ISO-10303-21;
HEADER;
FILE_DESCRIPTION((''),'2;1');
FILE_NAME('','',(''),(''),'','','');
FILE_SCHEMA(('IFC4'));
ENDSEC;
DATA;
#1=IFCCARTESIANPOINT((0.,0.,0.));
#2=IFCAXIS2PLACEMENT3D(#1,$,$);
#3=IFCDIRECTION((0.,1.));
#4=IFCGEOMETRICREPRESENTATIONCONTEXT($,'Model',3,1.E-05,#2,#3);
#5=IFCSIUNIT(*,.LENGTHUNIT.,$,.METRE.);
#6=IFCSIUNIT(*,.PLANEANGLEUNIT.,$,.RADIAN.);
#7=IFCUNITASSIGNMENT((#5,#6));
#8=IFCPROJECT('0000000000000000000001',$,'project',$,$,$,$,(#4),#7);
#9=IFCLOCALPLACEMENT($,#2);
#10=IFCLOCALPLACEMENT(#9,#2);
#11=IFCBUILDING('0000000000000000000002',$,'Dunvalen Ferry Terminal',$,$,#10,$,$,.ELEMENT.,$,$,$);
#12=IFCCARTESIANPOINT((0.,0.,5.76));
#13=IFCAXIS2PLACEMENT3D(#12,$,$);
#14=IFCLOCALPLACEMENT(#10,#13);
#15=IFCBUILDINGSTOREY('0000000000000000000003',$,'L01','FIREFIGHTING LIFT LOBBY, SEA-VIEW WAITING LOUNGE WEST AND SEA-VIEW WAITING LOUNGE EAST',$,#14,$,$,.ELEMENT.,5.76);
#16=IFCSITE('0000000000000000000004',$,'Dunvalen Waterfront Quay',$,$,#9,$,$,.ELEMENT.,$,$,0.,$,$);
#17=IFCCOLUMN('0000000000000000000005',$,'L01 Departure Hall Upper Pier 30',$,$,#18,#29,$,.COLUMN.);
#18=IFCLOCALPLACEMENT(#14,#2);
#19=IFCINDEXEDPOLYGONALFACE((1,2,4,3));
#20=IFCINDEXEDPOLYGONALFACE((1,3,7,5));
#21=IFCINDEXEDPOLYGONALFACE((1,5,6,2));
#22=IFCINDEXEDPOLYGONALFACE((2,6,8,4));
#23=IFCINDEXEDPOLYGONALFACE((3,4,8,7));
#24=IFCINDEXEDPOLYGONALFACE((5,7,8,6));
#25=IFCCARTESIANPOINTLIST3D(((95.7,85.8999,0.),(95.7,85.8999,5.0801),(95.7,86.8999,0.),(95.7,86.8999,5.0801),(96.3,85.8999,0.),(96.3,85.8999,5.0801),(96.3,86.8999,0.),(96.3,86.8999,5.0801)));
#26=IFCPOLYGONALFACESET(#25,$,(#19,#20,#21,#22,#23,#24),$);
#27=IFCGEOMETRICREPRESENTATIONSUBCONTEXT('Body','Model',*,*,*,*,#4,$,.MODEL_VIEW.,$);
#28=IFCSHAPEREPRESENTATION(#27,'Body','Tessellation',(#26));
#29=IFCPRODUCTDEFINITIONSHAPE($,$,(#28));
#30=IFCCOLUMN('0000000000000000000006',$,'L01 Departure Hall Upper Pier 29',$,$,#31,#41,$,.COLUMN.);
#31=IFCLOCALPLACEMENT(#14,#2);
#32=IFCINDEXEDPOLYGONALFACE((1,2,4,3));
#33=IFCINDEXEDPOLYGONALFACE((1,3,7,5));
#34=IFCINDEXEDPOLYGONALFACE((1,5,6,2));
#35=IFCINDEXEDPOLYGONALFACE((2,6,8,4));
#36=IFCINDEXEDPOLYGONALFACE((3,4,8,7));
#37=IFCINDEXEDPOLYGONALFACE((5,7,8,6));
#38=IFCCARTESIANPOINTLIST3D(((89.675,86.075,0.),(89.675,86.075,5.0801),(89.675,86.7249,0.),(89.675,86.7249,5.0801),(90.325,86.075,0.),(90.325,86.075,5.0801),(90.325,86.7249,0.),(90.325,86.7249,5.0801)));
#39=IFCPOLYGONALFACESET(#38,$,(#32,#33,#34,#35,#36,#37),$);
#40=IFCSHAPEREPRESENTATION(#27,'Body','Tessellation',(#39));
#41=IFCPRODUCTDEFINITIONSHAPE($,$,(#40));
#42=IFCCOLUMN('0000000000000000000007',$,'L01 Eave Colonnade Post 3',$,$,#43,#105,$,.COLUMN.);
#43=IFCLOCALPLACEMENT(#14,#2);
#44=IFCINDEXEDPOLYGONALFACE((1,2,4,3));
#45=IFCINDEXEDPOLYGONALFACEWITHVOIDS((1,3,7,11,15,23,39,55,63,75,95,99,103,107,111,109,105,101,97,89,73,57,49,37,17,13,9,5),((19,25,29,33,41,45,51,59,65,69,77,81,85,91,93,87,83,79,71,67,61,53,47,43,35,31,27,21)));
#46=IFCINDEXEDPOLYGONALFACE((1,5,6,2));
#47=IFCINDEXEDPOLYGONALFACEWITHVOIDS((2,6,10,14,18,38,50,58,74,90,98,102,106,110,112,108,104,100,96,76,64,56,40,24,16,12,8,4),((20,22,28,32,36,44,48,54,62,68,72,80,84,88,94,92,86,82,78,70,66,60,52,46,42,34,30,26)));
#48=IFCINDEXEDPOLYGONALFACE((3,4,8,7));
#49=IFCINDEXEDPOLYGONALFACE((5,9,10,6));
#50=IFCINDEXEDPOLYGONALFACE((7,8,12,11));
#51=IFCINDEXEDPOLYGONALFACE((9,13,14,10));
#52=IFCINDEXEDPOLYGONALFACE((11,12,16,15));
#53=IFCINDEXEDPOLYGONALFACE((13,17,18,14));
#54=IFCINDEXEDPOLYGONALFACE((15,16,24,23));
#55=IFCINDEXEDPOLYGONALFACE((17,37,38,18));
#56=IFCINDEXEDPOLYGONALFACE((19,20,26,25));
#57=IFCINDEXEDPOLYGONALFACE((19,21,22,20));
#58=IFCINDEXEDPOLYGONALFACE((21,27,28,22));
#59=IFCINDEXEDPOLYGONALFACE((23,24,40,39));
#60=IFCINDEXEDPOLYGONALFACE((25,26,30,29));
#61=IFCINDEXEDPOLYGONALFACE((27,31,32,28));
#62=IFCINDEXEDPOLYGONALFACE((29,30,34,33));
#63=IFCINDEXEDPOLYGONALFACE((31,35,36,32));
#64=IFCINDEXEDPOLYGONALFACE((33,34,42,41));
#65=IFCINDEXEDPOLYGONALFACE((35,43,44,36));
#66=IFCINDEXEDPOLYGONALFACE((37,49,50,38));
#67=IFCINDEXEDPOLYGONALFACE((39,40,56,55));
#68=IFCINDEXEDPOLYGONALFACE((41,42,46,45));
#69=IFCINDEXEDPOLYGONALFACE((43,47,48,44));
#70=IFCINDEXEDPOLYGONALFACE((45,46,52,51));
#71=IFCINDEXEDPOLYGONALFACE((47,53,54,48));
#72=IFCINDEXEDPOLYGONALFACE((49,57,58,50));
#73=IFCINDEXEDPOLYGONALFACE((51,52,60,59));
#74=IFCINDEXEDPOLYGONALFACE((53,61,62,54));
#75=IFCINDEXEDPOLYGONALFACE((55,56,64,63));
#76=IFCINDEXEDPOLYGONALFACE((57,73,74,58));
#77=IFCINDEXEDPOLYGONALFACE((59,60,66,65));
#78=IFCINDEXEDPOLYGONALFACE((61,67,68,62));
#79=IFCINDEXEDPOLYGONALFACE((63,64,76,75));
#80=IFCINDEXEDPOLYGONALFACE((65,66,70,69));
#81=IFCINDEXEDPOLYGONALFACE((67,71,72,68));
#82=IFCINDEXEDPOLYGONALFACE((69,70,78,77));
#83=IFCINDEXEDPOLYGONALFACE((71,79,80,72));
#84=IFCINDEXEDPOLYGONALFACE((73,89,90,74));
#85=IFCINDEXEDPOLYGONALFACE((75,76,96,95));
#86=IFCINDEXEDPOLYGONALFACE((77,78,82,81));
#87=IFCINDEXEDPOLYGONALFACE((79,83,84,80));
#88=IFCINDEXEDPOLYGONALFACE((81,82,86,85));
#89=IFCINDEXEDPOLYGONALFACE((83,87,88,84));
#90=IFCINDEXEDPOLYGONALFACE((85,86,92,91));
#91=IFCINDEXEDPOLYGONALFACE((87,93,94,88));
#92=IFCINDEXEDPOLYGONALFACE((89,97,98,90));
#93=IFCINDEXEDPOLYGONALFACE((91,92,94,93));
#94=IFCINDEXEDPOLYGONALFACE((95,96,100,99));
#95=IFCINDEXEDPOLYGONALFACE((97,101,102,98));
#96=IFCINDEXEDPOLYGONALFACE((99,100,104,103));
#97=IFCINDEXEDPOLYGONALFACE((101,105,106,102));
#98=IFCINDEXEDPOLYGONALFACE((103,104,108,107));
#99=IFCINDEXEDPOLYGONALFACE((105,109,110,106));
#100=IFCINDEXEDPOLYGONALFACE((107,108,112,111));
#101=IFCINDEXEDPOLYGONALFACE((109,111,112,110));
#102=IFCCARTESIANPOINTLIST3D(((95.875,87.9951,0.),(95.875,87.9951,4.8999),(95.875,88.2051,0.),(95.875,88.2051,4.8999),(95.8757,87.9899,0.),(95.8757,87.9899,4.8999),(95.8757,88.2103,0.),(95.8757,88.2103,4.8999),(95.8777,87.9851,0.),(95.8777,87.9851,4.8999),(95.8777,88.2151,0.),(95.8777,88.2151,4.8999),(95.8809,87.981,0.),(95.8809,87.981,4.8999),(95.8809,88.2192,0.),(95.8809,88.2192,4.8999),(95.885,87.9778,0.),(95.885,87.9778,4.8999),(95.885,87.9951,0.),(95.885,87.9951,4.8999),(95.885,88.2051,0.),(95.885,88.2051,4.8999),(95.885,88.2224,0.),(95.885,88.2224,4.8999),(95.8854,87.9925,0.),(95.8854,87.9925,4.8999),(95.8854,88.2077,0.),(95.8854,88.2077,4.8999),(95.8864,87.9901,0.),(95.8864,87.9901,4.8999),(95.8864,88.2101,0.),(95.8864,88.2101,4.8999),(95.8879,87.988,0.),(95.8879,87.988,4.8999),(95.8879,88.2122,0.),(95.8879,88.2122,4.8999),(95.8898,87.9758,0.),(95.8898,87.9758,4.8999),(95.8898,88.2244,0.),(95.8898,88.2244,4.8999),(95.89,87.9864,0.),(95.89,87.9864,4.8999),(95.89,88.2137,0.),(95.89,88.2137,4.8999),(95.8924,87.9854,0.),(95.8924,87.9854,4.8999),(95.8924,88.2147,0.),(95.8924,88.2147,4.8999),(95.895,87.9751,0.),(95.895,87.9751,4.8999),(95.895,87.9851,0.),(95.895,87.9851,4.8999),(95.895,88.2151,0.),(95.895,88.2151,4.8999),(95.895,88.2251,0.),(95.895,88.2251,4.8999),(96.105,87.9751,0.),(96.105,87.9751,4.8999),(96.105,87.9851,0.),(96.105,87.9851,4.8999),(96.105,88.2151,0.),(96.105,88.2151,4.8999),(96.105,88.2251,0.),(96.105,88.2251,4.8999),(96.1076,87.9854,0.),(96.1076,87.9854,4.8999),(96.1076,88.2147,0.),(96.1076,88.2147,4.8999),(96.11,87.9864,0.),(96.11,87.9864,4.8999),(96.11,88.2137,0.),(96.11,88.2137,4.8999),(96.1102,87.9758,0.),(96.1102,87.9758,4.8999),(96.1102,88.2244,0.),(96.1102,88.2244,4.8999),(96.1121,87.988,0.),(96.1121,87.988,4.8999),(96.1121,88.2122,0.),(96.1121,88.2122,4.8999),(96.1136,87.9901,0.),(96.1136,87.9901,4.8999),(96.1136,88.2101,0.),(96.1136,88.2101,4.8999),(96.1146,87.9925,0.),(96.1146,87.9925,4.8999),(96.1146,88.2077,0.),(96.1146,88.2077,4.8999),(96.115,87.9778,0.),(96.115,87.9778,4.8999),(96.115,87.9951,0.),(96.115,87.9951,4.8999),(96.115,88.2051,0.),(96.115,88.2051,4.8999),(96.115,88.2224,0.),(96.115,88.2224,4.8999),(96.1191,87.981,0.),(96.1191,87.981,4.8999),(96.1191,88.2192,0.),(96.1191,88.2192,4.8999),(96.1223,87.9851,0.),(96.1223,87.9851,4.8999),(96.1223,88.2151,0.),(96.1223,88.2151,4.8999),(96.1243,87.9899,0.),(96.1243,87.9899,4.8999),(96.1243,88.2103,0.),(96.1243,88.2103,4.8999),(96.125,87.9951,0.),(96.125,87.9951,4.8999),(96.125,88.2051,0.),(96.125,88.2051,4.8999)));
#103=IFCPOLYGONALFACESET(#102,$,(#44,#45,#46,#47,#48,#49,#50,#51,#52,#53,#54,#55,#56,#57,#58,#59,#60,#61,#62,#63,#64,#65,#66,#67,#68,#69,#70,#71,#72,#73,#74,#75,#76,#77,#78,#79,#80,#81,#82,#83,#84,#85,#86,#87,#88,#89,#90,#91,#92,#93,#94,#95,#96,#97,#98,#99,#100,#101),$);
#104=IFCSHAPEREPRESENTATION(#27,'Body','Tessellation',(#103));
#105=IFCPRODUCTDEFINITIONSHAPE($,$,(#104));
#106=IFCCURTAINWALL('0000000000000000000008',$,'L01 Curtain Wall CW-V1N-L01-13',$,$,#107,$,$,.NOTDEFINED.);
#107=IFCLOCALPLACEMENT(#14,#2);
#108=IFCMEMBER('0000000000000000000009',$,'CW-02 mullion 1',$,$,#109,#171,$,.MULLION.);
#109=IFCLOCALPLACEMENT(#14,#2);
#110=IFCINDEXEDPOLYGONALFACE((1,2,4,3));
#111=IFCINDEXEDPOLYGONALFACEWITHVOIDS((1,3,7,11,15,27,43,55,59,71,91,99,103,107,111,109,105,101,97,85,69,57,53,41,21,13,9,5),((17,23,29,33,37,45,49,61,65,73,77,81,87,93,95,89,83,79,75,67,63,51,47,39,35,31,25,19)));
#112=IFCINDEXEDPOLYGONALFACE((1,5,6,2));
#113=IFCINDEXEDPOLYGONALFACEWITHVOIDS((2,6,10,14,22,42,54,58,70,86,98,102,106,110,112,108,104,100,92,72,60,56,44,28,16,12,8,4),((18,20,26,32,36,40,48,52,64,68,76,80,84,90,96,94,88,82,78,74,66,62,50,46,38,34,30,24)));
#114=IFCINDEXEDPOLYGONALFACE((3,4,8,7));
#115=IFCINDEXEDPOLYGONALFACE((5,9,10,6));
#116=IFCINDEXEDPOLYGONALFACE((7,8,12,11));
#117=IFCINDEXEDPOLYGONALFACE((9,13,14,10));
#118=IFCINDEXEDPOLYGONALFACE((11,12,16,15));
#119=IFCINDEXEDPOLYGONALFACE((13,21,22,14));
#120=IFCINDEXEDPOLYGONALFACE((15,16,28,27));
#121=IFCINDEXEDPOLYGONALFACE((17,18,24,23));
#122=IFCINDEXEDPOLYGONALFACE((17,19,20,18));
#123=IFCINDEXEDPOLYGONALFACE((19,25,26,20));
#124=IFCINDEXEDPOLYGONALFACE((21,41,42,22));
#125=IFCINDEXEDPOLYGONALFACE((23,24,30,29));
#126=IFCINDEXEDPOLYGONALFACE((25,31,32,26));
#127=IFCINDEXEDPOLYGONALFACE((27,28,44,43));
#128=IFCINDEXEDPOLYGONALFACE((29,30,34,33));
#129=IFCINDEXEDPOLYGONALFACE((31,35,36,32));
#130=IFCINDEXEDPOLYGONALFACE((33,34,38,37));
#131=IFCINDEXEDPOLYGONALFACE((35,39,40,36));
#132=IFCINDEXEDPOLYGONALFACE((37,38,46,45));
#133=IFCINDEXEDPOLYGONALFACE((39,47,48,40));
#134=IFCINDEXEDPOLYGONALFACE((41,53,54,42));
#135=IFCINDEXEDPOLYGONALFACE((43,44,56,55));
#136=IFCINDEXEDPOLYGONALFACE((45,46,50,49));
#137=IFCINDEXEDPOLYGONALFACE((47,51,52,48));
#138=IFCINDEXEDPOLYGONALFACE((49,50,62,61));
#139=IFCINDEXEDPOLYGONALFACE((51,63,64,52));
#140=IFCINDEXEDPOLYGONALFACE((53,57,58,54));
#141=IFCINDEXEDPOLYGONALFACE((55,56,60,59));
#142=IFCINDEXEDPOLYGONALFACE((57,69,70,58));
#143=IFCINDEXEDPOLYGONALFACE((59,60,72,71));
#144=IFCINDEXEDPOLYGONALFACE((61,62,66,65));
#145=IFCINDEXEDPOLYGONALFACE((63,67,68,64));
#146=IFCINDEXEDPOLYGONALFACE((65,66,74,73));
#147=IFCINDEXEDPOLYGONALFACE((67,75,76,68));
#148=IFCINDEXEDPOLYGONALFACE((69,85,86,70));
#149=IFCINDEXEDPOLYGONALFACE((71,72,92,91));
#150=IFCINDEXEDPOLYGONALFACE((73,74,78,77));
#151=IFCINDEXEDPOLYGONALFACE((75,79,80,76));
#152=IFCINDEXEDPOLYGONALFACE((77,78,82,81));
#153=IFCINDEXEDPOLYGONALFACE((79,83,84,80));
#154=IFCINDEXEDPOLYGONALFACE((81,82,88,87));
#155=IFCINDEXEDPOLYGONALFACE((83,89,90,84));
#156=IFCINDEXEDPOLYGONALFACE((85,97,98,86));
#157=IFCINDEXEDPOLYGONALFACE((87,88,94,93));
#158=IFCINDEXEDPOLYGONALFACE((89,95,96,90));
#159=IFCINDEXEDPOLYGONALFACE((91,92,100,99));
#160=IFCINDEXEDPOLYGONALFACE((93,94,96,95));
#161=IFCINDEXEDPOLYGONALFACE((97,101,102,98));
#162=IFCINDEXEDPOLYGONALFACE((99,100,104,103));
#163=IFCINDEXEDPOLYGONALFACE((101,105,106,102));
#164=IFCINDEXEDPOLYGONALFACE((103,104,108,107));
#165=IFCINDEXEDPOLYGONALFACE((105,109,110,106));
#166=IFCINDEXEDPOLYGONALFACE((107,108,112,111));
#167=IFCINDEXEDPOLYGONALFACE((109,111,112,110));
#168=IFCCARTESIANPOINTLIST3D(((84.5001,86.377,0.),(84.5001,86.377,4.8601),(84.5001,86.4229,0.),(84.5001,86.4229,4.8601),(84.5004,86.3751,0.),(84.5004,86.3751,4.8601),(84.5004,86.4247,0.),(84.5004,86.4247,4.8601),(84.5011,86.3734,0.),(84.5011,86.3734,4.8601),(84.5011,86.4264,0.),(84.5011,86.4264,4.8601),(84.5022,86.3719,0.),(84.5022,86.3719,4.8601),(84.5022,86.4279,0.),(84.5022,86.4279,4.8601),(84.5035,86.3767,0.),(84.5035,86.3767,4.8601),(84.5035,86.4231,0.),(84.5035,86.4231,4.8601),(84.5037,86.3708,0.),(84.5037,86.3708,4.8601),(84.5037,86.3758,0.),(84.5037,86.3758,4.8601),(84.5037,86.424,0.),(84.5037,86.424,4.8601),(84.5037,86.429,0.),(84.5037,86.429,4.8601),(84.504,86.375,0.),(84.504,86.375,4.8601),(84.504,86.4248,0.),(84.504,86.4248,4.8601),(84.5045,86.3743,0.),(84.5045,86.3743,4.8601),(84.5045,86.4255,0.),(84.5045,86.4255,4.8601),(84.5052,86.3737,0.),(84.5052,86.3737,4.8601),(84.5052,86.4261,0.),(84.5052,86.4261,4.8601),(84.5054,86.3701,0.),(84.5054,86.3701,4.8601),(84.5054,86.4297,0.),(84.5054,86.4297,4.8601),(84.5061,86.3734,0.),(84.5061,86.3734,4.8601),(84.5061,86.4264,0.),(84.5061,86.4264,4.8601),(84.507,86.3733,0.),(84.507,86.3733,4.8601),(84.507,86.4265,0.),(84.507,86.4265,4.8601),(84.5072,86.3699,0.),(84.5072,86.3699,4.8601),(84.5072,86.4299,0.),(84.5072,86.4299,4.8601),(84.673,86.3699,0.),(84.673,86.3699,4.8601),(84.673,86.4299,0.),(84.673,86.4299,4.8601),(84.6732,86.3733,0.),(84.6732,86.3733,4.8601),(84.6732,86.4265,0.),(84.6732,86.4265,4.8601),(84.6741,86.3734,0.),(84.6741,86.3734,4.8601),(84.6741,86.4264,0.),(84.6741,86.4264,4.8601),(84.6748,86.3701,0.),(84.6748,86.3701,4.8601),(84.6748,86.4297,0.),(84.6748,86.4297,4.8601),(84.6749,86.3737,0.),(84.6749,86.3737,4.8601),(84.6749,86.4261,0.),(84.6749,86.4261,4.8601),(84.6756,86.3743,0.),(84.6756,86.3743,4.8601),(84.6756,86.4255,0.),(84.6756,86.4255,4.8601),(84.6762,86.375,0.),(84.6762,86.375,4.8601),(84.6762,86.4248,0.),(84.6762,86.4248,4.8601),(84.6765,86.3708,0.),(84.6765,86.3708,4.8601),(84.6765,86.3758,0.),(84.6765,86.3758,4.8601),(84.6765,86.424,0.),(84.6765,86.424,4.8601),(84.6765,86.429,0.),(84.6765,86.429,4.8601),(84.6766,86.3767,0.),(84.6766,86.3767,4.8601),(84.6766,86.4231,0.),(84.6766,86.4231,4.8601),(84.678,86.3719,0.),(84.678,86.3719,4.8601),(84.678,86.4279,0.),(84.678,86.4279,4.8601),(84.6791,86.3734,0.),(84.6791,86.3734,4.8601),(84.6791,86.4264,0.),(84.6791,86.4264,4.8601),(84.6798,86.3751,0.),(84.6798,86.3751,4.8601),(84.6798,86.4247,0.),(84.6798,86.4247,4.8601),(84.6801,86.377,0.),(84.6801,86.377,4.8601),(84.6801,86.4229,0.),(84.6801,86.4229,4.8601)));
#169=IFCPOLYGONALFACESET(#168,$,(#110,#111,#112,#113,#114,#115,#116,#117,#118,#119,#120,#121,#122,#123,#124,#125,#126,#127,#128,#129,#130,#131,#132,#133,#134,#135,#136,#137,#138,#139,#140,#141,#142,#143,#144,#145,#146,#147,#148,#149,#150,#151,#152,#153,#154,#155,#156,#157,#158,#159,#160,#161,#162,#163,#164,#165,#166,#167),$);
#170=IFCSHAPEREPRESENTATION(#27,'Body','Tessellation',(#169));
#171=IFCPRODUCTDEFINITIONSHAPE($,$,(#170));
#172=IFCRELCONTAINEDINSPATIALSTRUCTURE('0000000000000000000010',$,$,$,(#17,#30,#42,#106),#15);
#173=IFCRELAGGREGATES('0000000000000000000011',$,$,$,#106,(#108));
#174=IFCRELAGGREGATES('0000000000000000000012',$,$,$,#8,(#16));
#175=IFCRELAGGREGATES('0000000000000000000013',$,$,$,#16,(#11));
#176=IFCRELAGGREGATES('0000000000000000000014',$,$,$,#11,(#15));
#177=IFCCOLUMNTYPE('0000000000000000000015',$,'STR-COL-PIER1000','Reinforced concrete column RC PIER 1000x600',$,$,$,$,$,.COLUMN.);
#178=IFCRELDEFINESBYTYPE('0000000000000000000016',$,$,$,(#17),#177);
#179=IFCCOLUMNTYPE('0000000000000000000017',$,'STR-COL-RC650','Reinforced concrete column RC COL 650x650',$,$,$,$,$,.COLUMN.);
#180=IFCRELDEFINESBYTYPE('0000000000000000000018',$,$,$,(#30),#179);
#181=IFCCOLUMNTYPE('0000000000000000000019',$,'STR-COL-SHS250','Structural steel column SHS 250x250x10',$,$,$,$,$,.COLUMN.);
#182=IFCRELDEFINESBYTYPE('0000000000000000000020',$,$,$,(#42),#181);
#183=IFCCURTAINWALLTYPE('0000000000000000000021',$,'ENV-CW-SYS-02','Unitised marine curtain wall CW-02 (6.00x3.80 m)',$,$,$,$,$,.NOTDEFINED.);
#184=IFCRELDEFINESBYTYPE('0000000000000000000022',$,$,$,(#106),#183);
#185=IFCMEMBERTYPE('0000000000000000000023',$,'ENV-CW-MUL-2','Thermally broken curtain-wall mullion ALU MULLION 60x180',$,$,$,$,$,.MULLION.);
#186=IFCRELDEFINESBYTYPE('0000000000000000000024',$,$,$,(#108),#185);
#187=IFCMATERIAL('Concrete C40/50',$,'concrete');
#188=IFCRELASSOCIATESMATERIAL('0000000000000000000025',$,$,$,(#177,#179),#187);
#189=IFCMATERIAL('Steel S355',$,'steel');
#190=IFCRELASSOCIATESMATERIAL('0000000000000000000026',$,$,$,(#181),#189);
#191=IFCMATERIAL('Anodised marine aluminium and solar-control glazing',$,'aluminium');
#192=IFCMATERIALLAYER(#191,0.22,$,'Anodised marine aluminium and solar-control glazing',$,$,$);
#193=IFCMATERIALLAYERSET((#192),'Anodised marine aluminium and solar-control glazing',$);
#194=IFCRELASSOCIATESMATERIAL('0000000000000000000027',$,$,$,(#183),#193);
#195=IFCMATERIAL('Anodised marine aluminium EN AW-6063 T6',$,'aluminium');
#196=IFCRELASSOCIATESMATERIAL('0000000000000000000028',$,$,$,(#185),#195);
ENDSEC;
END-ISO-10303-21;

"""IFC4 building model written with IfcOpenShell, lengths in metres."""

from ifc_helpers import new_model, si_unit, direction, frame, origin, origin_2d, place, context, subcontext, project, spatial, rectangle, hollow_rectangle, extrude, material, layer, layer_set, material_profile, profile_set, type_object, element, aggregate, save


model = new_model("IFC4")

# Units and contexts
model_context = context("Model", 3, precision=1e-05, world=origin(), true_north=direction((0.0, 1.0)))
body_context = subcontext(model_context, "Body", "Model", "MODEL_VIEW")
ifc_project = project(units=[si_unit("LENGTHUNIT", "METRE"), si_unit("PLANEANGLEUNIT", "RADIAN")], contexts=[model_context])

# Site, building, storey
site_placement = place(None, origin())
site = spatial("IfcSite", under=ifc_project, at=site_placement, Name="Dunvalen Waterfront Quay", CompositionType="ELEMENT", RefElevation=0.0)
building_placement = place(site_placement, origin())
building = spatial("IfcBuilding", under=site, at=building_placement, Name="Dunvalen Ferry Terminal", CompositionType="ELEMENT")
storey_placement = place(building_placement, frame((0.0, 0.0, 5.76)))
storey = spatial("IfcBuildingStorey", under=building, at=storey_placement, Name="L01", Description="FIREFIGHTING LIFT LOBBY, SEA-VIEW WAITING LOUNGE WEST AND SEA-VIEW WAITING LOUNGE EAST", CompositionType="ELEMENT", Elevation=5.76)

# Columns
ifc_material_1 = material(Name="Concrete C40/50", Category="concrete")
ifc_material_profile_1 = material_profile(ifc_material_1, rectangle(XDim=0.6001, YDim=1.0, at=origin_2d()), Name="Concrete C40/50")
ifc_profile_set_1 = profile_set([ifc_material_profile_1], Name="Concrete C40/50")
column_type_1 = type_object("IfcColumnType", Name="STR-COL-PIER1000", Description="Reinforced concrete column RC PIER 1000x600", PredefinedType="COLUMN", material=ifc_profile_set_1)
column_1_placement = place(storey_placement, frame((96.0, 86.3999, 0.0), z_axis=(0.0, 0.0, 1.0), x_axis=(1.0, 0.0, 0.0)))
element("IfcColumn", 1, at=column_1_placement, inside=storey, type_object=column_type_1, Name="L01 Departure Hall Upper Pier 30", PredefinedType="COLUMN", context=body_context, shape_type="SweptSolid", body=[
    extrude(rectangle(XDim=0.6001, YDim=1.0, at=origin_2d()), origin(), (0.0, 0.0, 1.0), 5.0801),
])
ifc_material_profile_2 = material_profile(ifc_material_1, rectangle(XDim=0.6499, YDim=0.6499, at=origin_2d()), Name="Concrete C40/50")
ifc_profile_set_2 = profile_set([ifc_material_profile_2], Name="Concrete C40/50")
column_type_2 = type_object("IfcColumnType", Name="STR-COL-RC650", Description="Reinforced concrete column RC COL 650x650", PredefinedType="COLUMN", material=ifc_profile_set_2)
column_2_placement = place(storey_placement, frame((90.0, 86.3999, 0.0), z_axis=(0.0, 0.0, 1.0), x_axis=(1.0, 0.0, 0.0)))
element("IfcColumn", 2, at=column_2_placement, inside=storey, type_object=column_type_2, Name="L01 Departure Hall Upper Pier 29", PredefinedType="COLUMN", context=body_context, shape_type="SweptSolid", body=[
    extrude(rectangle(XDim=0.6499, YDim=0.6499, at=origin_2d()), origin(), (0.0, 0.0, 1.0), 5.0801),
])
ifc_material_2 = material(Name="Steel S355", Category="steel")
ifc_material_profile_3 = material_profile(ifc_material_2, hollow_rectangle(XDim=0.25, YDim=0.25, WallThickness=0.01, InnerFilletRadius=0.01, OuterFilletRadius=0.02, at=origin_2d()), Name="Steel S355")
ifc_profile_set_3 = profile_set([ifc_material_profile_3], Name="Steel S355")
column_type_3 = type_object("IfcColumnType", Name="STR-COL-SHS250", Description="Structural steel column SHS 250x250x10", PredefinedType="COLUMN", material=ifc_profile_set_3)
column_3_placement = place(storey_placement, frame((96.0, 88.1001, 0.0), z_axis=(0.0, 0.0, 1.0), x_axis=(1.0, 0.0, 0.0)))
element("IfcColumn", 3, at=column_3_placement, inside=storey, type_object=column_type_3, Name="L01 Eave Colonnade Post 3", PredefinedType="COLUMN", context=body_context, shape_type="SweptSolid", body=[
    extrude(hollow_rectangle(XDim=0.25, YDim=0.25, WallThickness=0.01, InnerFilletRadius=0.01, OuterFilletRadius=0.02, at=origin_2d()), origin(), (0.0, 0.0, 1.0), 4.8999),
])

# Curtain wall, member
ifc_material_3 = material(Name="Anodised marine aluminium and solar-control glazing", Category="aluminium")
ifc_layer_1 = layer(ifc_material_3, 0.22, Name="Anodised marine aluminium and solar-control glazing")
ifc_layer_set_1 = layer_set([ifc_layer_1], Name="Anodised marine aluminium and solar-control glazing")
curtain_wall_type_1 = type_object("IfcCurtainWallType", Name="ENV-CW-SYS-02", Description="Unitised marine curtain wall CW-02 (6.00x3.80 m)", PredefinedType="NOTDEFINED", material=ifc_layer_set_1)
curtain_wall_1_placement = place(storey_placement, origin())
curtain_wall_1 = element("IfcCurtainWall", 4, at=curtain_wall_1_placement, inside=storey, type_object=curtain_wall_type_1, Name="L01 Curtain Wall CW-V1N-L01-13", PredefinedType="NOTDEFINED")
ifc_material_4 = material(Name="Anodised marine aluminium EN AW-6063 T6", Category="aluminium")
ifc_material_profile_4 = material_profile(ifc_material_4, hollow_rectangle(XDim=0.0601, YDim=0.1799, WallThickness=0.0034, InnerFilletRadius=0.0034, OuterFilletRadius=0.0071, at=origin_2d()), Name="Anodised marine aluminium EN AW-6063 T6")
ifc_profile_set_4 = profile_set([ifc_material_profile_4], Name="Anodised marine aluminium EN AW-6063 T6")
member_type_1 = type_object("IfcMemberType", Name="ENV-CW-MUL-2", Description="Thermally broken curtain-wall mullion ALU MULLION 60x180", PredefinedType="MULLION", material=ifc_profile_set_4)
member_1_placement = place(storey_placement, frame((84.5901, 86.3999, 0.0), z_axis=(0.0, 0.0, 1.0), x_axis=(0.0, 1.0, 0.0)))
member_1 = element("IfcMember", 5, at=member_1_placement, type_object=member_type_1, Name="CW-02 mullion 1", PredefinedType="MULLION", context=body_context, shape_type="SweptSolid", body=[
    extrude(hollow_rectangle(XDim=0.0601, YDim=0.1799, WallThickness=0.0034, InnerFilletRadius=0.0034, OuterFilletRadius=0.0071, at=origin_2d()), origin(), (0.0, 0.0, 1.0), 4.8601),
])

aggregate(curtain_wall_1, [member_1])

save(model, "model.ifc")
